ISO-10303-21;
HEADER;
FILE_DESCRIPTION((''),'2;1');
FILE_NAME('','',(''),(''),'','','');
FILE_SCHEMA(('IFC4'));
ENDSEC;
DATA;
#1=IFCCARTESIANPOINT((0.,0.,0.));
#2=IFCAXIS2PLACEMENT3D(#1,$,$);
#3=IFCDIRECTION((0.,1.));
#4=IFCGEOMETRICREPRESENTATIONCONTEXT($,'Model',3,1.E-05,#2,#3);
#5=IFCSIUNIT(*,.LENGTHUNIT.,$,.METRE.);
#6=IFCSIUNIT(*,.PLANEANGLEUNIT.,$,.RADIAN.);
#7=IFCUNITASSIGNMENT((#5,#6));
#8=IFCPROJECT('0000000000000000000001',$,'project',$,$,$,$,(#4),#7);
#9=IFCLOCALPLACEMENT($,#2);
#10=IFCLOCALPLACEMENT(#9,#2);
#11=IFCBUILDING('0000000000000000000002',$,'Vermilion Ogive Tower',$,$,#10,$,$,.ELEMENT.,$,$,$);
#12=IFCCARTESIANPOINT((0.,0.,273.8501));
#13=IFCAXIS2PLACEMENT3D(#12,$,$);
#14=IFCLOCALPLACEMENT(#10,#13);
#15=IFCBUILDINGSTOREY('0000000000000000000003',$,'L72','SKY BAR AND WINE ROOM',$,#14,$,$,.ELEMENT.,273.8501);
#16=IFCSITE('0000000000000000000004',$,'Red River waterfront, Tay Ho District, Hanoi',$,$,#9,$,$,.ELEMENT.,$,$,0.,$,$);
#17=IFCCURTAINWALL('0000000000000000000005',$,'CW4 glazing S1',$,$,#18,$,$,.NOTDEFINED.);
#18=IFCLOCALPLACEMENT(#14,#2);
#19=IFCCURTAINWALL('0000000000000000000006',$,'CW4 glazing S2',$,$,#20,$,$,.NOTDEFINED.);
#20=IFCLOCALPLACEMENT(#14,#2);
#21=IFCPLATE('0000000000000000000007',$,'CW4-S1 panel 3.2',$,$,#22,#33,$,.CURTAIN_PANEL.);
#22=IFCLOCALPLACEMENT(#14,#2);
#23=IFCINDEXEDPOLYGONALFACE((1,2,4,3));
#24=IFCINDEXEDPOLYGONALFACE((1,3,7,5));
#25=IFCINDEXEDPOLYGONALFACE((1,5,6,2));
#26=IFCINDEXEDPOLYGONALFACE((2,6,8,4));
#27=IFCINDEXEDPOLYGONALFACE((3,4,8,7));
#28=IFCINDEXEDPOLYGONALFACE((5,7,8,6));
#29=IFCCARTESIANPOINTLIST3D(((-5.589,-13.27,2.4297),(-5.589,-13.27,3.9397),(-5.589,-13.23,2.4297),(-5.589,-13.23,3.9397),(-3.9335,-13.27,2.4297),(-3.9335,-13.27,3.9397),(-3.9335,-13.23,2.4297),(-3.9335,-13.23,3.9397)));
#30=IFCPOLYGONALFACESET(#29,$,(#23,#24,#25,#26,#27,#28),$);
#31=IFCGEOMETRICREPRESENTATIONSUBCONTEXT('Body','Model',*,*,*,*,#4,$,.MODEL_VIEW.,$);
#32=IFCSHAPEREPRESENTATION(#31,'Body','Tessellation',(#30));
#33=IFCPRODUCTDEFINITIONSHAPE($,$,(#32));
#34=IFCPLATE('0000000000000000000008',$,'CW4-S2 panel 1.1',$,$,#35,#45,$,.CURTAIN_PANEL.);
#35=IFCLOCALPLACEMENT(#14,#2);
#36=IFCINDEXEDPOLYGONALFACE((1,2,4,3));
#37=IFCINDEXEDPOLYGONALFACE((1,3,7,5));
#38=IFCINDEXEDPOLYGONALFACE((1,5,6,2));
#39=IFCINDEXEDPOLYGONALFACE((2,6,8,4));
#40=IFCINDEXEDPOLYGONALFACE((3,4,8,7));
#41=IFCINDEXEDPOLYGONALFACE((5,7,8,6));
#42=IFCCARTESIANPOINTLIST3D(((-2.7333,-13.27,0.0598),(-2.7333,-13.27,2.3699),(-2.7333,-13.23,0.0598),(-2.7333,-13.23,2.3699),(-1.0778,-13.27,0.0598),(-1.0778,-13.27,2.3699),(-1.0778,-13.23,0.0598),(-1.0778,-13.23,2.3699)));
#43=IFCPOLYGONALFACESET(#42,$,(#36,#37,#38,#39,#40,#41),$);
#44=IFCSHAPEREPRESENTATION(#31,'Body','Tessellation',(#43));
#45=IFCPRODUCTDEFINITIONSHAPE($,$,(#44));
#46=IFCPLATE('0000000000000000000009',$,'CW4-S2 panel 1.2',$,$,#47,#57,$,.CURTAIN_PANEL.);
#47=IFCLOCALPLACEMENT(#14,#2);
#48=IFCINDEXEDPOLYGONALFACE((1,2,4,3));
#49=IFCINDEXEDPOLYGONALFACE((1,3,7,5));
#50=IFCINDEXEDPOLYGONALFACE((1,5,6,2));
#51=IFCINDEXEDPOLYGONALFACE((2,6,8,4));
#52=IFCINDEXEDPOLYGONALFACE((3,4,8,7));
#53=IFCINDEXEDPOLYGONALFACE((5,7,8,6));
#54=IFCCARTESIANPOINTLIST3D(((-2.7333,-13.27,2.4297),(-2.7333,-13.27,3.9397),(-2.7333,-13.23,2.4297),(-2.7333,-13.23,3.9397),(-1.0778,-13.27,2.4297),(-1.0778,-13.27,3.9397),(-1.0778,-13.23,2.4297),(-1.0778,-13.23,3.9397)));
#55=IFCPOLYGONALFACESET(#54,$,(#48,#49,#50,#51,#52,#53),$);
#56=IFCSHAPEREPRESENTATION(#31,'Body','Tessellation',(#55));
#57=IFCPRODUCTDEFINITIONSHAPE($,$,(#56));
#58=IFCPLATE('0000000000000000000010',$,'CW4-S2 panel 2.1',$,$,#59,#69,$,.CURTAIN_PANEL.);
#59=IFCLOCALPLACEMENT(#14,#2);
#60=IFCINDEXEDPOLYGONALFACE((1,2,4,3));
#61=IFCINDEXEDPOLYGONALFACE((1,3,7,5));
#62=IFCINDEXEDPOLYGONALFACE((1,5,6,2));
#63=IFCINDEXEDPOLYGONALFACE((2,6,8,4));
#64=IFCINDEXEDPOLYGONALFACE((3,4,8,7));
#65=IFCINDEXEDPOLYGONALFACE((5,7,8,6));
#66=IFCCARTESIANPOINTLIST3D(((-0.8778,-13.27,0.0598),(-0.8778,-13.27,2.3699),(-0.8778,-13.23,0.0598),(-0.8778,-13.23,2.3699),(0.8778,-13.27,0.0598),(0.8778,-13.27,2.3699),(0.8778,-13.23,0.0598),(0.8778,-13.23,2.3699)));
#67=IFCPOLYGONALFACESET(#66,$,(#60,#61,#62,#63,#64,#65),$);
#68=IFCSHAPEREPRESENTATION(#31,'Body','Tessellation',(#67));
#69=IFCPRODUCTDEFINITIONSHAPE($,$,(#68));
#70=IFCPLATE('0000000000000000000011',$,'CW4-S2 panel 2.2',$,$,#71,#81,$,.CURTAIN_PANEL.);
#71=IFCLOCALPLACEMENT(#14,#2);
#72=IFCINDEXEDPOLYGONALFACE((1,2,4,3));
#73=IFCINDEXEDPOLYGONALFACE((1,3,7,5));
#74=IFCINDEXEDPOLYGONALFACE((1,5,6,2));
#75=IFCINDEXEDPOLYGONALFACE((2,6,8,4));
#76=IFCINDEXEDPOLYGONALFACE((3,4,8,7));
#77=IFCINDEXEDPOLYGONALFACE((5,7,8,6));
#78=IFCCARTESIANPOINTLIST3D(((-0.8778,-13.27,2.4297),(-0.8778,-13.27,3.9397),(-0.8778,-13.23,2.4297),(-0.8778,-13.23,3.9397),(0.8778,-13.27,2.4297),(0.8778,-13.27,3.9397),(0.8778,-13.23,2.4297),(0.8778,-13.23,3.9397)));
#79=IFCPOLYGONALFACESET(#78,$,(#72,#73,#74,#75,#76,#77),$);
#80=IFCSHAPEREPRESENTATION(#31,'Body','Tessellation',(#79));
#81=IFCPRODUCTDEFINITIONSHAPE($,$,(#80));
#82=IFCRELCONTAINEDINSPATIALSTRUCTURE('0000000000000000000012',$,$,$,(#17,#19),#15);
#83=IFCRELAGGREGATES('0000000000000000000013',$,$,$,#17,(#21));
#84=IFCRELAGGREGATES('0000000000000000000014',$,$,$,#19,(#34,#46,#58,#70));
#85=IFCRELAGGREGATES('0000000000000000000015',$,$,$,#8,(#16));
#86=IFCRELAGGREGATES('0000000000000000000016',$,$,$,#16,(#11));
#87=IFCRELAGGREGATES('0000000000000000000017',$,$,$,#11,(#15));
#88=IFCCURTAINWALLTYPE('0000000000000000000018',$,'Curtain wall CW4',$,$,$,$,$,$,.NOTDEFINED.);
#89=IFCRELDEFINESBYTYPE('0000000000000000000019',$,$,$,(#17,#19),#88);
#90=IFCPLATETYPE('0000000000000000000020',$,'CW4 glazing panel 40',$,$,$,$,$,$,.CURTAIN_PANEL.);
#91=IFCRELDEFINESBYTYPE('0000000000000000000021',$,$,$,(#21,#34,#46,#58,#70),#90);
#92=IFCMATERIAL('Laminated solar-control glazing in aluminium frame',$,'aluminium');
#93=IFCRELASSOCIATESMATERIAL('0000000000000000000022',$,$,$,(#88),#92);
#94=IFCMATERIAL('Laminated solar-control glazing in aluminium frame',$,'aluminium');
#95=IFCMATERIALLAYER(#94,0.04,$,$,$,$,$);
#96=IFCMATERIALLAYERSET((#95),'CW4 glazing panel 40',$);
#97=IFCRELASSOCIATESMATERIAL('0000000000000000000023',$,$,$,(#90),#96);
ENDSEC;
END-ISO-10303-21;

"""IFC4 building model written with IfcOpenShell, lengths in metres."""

from ifc_helpers import new_model, si_unit, direction, frame, origin, origin_2d, place, context, subcontext, project, spatial, rectangle, extrude, material, layer, layer_set, type_object, element, aggregate, save


model = new_model("IFC4")

# Units and contexts
model_context = context("Model", 3, precision=1e-05, world=origin(), true_north=direction((0.0, 1.0)))
body_context = subcontext(model_context, "Body", "Model", "MODEL_VIEW")
ifc_project = project(units=[si_unit("LENGTHUNIT", "METRE"), si_unit("PLANEANGLEUNIT", "RADIAN")], contexts=[model_context])

# Site, building, storey
site_placement = place(None, origin())
site = spatial("IfcSite", under=ifc_project, at=site_placement, Name="Red River waterfront, Tay Ho District, Hanoi", CompositionType="ELEMENT", RefElevation=0.0)
building_placement = place(site_placement, origin())
building = spatial("IfcBuilding", under=site, at=building_placement, Name="Vermilion Ogive Tower", CompositionType="ELEMENT")
storey_placement = place(building_placement, frame((0.0, 0.0, 273.8501)))
storey = spatial("IfcBuildingStorey", under=building, at=storey_placement, Name="L72", Description="SKY BAR AND WINE ROOM", CompositionType="ELEMENT", Elevation=273.8501)

# Curtain walls
ifc_material_1 = material(Name="Laminated solar-control glazing in aluminium frame", Category="aluminium")
curtain_wall_type = type_object("IfcCurtainWallType", Name="Curtain wall CW4", PredefinedType="NOTDEFINED", material=ifc_material_1)
curtain_wall_1_placement = place(storey_placement, origin())
curtain_wall_1 = element("IfcCurtainWall", 1, at=curtain_wall_1_placement, inside=storey, type_object=curtain_wall_type, Name="CW4 glazing S1", PredefinedType="NOTDEFINED")
curtain_wall_2_placement = place(storey_placement, origin())
curtain_wall_2 = element("IfcCurtainWall", 2, at=curtain_wall_2_placement, inside=storey, type_object=curtain_wall_type, Name="CW4 glazing S2", PredefinedType="NOTDEFINED")

# Plates
ifc_material_2 = material(Name="Laminated solar-control glazing in aluminium frame", Category="aluminium")
ifc_layer = layer(ifc_material_2, 0.04)
ifc_layer_set = layer_set([ifc_layer], Name="CW4 glazing panel 40")
plate_type = type_object("IfcPlateType", Name="CW4 glazing panel 40", PredefinedType="CURTAIN_PANEL", material=ifc_layer_set)
plate_1_placement = place(storey_placement, frame((-4.7612, -13.25, 2.4297), z_axis=(0.0, 0.0, 1.0), x_axis=(1.0, 0.0, 0.0)))
plate_1 = element("IfcPlate", 3, at=plate_1_placement, type_object=plate_type, Name="CW4-S1 panel 3.2", PredefinedType="CURTAIN_PANEL", context=body_context, shape_type="SweptSolid", body=[
    extrude(rectangle(XDim=1.6555, YDim=0.04, at=origin_2d()), origin(), (0.0, 0.0, 1.0), 1.51),
])
aggregate(curtain_wall_1, [plate_1])
plate_2_placement = place(storey_placement, frame((-1.9055, -13.25, 0.0598), z_axis=(0.0, 0.0, 1.0), x_axis=(1.0, 0.0, 0.0)))
plate_2 = element("IfcPlate", 4, at=plate_2_placement, type_object=plate_type, Name="CW4-S2 panel 1.1", PredefinedType="CURTAIN_PANEL", context=body_context, shape_type="SweptSolid", body=[
    extrude(rectangle(XDim=1.6555, YDim=0.04, at=origin_2d()), origin(), (0.0, 0.0, 1.0), 2.3101),
])
plate_3_placement = place(storey_placement, frame((-1.9055, -13.25, 2.4297), z_axis=(0.0, 0.0, 1.0), x_axis=(1.0, 0.0, 0.0)))
plate_3 = element("IfcPlate", 5, at=plate_3_placement, type_object=plate_type, Name="CW4-S2 panel 1.2", PredefinedType="CURTAIN_PANEL", context=body_context, shape_type="SweptSolid", body=[
    extrude(rectangle(XDim=1.6555, YDim=0.04, at=origin_2d()), origin(), (0.0, 0.0, 1.0), 1.51),
])
plate_4_placement = place(storey_placement, frame((0.0, -13.25, 0.0598), z_axis=(0.0, 0.0, 1.0), x_axis=(1.0, 0.0, 0.0)))
plate_4 = element("IfcPlate", 6, at=plate_4_placement, type_object=plate_type, Name="CW4-S2 panel 2.1", PredefinedType="CURTAIN_PANEL", context=body_context, shape_type="SweptSolid", body=[
    extrude(rectangle(XDim=1.7556, YDim=0.04, at=origin_2d()), origin(), (0.0, 0.0, 1.0), 2.3101),
])
plate_5_placement = place(storey_placement, frame((0.0, -13.25, 2.4297), z_axis=(0.0, 0.0, 1.0), x_axis=(1.0, 0.0, 0.0)))
plate_5 = element("IfcPlate", 7, at=plate_5_placement, type_object=plate_type, Name="CW4-S2 panel 2.2", PredefinedType="CURTAIN_PANEL", context=body_context, shape_type="SweptSolid", body=[
    extrude(rectangle(XDim=1.7556, YDim=0.04, at=origin_2d()), origin(), (0.0, 0.0, 1.0), 1.51),
])
aggregate(curtain_wall_2, [plate_2, plate_3, plate_4, plate_5])

save(model, "model.ifc")
